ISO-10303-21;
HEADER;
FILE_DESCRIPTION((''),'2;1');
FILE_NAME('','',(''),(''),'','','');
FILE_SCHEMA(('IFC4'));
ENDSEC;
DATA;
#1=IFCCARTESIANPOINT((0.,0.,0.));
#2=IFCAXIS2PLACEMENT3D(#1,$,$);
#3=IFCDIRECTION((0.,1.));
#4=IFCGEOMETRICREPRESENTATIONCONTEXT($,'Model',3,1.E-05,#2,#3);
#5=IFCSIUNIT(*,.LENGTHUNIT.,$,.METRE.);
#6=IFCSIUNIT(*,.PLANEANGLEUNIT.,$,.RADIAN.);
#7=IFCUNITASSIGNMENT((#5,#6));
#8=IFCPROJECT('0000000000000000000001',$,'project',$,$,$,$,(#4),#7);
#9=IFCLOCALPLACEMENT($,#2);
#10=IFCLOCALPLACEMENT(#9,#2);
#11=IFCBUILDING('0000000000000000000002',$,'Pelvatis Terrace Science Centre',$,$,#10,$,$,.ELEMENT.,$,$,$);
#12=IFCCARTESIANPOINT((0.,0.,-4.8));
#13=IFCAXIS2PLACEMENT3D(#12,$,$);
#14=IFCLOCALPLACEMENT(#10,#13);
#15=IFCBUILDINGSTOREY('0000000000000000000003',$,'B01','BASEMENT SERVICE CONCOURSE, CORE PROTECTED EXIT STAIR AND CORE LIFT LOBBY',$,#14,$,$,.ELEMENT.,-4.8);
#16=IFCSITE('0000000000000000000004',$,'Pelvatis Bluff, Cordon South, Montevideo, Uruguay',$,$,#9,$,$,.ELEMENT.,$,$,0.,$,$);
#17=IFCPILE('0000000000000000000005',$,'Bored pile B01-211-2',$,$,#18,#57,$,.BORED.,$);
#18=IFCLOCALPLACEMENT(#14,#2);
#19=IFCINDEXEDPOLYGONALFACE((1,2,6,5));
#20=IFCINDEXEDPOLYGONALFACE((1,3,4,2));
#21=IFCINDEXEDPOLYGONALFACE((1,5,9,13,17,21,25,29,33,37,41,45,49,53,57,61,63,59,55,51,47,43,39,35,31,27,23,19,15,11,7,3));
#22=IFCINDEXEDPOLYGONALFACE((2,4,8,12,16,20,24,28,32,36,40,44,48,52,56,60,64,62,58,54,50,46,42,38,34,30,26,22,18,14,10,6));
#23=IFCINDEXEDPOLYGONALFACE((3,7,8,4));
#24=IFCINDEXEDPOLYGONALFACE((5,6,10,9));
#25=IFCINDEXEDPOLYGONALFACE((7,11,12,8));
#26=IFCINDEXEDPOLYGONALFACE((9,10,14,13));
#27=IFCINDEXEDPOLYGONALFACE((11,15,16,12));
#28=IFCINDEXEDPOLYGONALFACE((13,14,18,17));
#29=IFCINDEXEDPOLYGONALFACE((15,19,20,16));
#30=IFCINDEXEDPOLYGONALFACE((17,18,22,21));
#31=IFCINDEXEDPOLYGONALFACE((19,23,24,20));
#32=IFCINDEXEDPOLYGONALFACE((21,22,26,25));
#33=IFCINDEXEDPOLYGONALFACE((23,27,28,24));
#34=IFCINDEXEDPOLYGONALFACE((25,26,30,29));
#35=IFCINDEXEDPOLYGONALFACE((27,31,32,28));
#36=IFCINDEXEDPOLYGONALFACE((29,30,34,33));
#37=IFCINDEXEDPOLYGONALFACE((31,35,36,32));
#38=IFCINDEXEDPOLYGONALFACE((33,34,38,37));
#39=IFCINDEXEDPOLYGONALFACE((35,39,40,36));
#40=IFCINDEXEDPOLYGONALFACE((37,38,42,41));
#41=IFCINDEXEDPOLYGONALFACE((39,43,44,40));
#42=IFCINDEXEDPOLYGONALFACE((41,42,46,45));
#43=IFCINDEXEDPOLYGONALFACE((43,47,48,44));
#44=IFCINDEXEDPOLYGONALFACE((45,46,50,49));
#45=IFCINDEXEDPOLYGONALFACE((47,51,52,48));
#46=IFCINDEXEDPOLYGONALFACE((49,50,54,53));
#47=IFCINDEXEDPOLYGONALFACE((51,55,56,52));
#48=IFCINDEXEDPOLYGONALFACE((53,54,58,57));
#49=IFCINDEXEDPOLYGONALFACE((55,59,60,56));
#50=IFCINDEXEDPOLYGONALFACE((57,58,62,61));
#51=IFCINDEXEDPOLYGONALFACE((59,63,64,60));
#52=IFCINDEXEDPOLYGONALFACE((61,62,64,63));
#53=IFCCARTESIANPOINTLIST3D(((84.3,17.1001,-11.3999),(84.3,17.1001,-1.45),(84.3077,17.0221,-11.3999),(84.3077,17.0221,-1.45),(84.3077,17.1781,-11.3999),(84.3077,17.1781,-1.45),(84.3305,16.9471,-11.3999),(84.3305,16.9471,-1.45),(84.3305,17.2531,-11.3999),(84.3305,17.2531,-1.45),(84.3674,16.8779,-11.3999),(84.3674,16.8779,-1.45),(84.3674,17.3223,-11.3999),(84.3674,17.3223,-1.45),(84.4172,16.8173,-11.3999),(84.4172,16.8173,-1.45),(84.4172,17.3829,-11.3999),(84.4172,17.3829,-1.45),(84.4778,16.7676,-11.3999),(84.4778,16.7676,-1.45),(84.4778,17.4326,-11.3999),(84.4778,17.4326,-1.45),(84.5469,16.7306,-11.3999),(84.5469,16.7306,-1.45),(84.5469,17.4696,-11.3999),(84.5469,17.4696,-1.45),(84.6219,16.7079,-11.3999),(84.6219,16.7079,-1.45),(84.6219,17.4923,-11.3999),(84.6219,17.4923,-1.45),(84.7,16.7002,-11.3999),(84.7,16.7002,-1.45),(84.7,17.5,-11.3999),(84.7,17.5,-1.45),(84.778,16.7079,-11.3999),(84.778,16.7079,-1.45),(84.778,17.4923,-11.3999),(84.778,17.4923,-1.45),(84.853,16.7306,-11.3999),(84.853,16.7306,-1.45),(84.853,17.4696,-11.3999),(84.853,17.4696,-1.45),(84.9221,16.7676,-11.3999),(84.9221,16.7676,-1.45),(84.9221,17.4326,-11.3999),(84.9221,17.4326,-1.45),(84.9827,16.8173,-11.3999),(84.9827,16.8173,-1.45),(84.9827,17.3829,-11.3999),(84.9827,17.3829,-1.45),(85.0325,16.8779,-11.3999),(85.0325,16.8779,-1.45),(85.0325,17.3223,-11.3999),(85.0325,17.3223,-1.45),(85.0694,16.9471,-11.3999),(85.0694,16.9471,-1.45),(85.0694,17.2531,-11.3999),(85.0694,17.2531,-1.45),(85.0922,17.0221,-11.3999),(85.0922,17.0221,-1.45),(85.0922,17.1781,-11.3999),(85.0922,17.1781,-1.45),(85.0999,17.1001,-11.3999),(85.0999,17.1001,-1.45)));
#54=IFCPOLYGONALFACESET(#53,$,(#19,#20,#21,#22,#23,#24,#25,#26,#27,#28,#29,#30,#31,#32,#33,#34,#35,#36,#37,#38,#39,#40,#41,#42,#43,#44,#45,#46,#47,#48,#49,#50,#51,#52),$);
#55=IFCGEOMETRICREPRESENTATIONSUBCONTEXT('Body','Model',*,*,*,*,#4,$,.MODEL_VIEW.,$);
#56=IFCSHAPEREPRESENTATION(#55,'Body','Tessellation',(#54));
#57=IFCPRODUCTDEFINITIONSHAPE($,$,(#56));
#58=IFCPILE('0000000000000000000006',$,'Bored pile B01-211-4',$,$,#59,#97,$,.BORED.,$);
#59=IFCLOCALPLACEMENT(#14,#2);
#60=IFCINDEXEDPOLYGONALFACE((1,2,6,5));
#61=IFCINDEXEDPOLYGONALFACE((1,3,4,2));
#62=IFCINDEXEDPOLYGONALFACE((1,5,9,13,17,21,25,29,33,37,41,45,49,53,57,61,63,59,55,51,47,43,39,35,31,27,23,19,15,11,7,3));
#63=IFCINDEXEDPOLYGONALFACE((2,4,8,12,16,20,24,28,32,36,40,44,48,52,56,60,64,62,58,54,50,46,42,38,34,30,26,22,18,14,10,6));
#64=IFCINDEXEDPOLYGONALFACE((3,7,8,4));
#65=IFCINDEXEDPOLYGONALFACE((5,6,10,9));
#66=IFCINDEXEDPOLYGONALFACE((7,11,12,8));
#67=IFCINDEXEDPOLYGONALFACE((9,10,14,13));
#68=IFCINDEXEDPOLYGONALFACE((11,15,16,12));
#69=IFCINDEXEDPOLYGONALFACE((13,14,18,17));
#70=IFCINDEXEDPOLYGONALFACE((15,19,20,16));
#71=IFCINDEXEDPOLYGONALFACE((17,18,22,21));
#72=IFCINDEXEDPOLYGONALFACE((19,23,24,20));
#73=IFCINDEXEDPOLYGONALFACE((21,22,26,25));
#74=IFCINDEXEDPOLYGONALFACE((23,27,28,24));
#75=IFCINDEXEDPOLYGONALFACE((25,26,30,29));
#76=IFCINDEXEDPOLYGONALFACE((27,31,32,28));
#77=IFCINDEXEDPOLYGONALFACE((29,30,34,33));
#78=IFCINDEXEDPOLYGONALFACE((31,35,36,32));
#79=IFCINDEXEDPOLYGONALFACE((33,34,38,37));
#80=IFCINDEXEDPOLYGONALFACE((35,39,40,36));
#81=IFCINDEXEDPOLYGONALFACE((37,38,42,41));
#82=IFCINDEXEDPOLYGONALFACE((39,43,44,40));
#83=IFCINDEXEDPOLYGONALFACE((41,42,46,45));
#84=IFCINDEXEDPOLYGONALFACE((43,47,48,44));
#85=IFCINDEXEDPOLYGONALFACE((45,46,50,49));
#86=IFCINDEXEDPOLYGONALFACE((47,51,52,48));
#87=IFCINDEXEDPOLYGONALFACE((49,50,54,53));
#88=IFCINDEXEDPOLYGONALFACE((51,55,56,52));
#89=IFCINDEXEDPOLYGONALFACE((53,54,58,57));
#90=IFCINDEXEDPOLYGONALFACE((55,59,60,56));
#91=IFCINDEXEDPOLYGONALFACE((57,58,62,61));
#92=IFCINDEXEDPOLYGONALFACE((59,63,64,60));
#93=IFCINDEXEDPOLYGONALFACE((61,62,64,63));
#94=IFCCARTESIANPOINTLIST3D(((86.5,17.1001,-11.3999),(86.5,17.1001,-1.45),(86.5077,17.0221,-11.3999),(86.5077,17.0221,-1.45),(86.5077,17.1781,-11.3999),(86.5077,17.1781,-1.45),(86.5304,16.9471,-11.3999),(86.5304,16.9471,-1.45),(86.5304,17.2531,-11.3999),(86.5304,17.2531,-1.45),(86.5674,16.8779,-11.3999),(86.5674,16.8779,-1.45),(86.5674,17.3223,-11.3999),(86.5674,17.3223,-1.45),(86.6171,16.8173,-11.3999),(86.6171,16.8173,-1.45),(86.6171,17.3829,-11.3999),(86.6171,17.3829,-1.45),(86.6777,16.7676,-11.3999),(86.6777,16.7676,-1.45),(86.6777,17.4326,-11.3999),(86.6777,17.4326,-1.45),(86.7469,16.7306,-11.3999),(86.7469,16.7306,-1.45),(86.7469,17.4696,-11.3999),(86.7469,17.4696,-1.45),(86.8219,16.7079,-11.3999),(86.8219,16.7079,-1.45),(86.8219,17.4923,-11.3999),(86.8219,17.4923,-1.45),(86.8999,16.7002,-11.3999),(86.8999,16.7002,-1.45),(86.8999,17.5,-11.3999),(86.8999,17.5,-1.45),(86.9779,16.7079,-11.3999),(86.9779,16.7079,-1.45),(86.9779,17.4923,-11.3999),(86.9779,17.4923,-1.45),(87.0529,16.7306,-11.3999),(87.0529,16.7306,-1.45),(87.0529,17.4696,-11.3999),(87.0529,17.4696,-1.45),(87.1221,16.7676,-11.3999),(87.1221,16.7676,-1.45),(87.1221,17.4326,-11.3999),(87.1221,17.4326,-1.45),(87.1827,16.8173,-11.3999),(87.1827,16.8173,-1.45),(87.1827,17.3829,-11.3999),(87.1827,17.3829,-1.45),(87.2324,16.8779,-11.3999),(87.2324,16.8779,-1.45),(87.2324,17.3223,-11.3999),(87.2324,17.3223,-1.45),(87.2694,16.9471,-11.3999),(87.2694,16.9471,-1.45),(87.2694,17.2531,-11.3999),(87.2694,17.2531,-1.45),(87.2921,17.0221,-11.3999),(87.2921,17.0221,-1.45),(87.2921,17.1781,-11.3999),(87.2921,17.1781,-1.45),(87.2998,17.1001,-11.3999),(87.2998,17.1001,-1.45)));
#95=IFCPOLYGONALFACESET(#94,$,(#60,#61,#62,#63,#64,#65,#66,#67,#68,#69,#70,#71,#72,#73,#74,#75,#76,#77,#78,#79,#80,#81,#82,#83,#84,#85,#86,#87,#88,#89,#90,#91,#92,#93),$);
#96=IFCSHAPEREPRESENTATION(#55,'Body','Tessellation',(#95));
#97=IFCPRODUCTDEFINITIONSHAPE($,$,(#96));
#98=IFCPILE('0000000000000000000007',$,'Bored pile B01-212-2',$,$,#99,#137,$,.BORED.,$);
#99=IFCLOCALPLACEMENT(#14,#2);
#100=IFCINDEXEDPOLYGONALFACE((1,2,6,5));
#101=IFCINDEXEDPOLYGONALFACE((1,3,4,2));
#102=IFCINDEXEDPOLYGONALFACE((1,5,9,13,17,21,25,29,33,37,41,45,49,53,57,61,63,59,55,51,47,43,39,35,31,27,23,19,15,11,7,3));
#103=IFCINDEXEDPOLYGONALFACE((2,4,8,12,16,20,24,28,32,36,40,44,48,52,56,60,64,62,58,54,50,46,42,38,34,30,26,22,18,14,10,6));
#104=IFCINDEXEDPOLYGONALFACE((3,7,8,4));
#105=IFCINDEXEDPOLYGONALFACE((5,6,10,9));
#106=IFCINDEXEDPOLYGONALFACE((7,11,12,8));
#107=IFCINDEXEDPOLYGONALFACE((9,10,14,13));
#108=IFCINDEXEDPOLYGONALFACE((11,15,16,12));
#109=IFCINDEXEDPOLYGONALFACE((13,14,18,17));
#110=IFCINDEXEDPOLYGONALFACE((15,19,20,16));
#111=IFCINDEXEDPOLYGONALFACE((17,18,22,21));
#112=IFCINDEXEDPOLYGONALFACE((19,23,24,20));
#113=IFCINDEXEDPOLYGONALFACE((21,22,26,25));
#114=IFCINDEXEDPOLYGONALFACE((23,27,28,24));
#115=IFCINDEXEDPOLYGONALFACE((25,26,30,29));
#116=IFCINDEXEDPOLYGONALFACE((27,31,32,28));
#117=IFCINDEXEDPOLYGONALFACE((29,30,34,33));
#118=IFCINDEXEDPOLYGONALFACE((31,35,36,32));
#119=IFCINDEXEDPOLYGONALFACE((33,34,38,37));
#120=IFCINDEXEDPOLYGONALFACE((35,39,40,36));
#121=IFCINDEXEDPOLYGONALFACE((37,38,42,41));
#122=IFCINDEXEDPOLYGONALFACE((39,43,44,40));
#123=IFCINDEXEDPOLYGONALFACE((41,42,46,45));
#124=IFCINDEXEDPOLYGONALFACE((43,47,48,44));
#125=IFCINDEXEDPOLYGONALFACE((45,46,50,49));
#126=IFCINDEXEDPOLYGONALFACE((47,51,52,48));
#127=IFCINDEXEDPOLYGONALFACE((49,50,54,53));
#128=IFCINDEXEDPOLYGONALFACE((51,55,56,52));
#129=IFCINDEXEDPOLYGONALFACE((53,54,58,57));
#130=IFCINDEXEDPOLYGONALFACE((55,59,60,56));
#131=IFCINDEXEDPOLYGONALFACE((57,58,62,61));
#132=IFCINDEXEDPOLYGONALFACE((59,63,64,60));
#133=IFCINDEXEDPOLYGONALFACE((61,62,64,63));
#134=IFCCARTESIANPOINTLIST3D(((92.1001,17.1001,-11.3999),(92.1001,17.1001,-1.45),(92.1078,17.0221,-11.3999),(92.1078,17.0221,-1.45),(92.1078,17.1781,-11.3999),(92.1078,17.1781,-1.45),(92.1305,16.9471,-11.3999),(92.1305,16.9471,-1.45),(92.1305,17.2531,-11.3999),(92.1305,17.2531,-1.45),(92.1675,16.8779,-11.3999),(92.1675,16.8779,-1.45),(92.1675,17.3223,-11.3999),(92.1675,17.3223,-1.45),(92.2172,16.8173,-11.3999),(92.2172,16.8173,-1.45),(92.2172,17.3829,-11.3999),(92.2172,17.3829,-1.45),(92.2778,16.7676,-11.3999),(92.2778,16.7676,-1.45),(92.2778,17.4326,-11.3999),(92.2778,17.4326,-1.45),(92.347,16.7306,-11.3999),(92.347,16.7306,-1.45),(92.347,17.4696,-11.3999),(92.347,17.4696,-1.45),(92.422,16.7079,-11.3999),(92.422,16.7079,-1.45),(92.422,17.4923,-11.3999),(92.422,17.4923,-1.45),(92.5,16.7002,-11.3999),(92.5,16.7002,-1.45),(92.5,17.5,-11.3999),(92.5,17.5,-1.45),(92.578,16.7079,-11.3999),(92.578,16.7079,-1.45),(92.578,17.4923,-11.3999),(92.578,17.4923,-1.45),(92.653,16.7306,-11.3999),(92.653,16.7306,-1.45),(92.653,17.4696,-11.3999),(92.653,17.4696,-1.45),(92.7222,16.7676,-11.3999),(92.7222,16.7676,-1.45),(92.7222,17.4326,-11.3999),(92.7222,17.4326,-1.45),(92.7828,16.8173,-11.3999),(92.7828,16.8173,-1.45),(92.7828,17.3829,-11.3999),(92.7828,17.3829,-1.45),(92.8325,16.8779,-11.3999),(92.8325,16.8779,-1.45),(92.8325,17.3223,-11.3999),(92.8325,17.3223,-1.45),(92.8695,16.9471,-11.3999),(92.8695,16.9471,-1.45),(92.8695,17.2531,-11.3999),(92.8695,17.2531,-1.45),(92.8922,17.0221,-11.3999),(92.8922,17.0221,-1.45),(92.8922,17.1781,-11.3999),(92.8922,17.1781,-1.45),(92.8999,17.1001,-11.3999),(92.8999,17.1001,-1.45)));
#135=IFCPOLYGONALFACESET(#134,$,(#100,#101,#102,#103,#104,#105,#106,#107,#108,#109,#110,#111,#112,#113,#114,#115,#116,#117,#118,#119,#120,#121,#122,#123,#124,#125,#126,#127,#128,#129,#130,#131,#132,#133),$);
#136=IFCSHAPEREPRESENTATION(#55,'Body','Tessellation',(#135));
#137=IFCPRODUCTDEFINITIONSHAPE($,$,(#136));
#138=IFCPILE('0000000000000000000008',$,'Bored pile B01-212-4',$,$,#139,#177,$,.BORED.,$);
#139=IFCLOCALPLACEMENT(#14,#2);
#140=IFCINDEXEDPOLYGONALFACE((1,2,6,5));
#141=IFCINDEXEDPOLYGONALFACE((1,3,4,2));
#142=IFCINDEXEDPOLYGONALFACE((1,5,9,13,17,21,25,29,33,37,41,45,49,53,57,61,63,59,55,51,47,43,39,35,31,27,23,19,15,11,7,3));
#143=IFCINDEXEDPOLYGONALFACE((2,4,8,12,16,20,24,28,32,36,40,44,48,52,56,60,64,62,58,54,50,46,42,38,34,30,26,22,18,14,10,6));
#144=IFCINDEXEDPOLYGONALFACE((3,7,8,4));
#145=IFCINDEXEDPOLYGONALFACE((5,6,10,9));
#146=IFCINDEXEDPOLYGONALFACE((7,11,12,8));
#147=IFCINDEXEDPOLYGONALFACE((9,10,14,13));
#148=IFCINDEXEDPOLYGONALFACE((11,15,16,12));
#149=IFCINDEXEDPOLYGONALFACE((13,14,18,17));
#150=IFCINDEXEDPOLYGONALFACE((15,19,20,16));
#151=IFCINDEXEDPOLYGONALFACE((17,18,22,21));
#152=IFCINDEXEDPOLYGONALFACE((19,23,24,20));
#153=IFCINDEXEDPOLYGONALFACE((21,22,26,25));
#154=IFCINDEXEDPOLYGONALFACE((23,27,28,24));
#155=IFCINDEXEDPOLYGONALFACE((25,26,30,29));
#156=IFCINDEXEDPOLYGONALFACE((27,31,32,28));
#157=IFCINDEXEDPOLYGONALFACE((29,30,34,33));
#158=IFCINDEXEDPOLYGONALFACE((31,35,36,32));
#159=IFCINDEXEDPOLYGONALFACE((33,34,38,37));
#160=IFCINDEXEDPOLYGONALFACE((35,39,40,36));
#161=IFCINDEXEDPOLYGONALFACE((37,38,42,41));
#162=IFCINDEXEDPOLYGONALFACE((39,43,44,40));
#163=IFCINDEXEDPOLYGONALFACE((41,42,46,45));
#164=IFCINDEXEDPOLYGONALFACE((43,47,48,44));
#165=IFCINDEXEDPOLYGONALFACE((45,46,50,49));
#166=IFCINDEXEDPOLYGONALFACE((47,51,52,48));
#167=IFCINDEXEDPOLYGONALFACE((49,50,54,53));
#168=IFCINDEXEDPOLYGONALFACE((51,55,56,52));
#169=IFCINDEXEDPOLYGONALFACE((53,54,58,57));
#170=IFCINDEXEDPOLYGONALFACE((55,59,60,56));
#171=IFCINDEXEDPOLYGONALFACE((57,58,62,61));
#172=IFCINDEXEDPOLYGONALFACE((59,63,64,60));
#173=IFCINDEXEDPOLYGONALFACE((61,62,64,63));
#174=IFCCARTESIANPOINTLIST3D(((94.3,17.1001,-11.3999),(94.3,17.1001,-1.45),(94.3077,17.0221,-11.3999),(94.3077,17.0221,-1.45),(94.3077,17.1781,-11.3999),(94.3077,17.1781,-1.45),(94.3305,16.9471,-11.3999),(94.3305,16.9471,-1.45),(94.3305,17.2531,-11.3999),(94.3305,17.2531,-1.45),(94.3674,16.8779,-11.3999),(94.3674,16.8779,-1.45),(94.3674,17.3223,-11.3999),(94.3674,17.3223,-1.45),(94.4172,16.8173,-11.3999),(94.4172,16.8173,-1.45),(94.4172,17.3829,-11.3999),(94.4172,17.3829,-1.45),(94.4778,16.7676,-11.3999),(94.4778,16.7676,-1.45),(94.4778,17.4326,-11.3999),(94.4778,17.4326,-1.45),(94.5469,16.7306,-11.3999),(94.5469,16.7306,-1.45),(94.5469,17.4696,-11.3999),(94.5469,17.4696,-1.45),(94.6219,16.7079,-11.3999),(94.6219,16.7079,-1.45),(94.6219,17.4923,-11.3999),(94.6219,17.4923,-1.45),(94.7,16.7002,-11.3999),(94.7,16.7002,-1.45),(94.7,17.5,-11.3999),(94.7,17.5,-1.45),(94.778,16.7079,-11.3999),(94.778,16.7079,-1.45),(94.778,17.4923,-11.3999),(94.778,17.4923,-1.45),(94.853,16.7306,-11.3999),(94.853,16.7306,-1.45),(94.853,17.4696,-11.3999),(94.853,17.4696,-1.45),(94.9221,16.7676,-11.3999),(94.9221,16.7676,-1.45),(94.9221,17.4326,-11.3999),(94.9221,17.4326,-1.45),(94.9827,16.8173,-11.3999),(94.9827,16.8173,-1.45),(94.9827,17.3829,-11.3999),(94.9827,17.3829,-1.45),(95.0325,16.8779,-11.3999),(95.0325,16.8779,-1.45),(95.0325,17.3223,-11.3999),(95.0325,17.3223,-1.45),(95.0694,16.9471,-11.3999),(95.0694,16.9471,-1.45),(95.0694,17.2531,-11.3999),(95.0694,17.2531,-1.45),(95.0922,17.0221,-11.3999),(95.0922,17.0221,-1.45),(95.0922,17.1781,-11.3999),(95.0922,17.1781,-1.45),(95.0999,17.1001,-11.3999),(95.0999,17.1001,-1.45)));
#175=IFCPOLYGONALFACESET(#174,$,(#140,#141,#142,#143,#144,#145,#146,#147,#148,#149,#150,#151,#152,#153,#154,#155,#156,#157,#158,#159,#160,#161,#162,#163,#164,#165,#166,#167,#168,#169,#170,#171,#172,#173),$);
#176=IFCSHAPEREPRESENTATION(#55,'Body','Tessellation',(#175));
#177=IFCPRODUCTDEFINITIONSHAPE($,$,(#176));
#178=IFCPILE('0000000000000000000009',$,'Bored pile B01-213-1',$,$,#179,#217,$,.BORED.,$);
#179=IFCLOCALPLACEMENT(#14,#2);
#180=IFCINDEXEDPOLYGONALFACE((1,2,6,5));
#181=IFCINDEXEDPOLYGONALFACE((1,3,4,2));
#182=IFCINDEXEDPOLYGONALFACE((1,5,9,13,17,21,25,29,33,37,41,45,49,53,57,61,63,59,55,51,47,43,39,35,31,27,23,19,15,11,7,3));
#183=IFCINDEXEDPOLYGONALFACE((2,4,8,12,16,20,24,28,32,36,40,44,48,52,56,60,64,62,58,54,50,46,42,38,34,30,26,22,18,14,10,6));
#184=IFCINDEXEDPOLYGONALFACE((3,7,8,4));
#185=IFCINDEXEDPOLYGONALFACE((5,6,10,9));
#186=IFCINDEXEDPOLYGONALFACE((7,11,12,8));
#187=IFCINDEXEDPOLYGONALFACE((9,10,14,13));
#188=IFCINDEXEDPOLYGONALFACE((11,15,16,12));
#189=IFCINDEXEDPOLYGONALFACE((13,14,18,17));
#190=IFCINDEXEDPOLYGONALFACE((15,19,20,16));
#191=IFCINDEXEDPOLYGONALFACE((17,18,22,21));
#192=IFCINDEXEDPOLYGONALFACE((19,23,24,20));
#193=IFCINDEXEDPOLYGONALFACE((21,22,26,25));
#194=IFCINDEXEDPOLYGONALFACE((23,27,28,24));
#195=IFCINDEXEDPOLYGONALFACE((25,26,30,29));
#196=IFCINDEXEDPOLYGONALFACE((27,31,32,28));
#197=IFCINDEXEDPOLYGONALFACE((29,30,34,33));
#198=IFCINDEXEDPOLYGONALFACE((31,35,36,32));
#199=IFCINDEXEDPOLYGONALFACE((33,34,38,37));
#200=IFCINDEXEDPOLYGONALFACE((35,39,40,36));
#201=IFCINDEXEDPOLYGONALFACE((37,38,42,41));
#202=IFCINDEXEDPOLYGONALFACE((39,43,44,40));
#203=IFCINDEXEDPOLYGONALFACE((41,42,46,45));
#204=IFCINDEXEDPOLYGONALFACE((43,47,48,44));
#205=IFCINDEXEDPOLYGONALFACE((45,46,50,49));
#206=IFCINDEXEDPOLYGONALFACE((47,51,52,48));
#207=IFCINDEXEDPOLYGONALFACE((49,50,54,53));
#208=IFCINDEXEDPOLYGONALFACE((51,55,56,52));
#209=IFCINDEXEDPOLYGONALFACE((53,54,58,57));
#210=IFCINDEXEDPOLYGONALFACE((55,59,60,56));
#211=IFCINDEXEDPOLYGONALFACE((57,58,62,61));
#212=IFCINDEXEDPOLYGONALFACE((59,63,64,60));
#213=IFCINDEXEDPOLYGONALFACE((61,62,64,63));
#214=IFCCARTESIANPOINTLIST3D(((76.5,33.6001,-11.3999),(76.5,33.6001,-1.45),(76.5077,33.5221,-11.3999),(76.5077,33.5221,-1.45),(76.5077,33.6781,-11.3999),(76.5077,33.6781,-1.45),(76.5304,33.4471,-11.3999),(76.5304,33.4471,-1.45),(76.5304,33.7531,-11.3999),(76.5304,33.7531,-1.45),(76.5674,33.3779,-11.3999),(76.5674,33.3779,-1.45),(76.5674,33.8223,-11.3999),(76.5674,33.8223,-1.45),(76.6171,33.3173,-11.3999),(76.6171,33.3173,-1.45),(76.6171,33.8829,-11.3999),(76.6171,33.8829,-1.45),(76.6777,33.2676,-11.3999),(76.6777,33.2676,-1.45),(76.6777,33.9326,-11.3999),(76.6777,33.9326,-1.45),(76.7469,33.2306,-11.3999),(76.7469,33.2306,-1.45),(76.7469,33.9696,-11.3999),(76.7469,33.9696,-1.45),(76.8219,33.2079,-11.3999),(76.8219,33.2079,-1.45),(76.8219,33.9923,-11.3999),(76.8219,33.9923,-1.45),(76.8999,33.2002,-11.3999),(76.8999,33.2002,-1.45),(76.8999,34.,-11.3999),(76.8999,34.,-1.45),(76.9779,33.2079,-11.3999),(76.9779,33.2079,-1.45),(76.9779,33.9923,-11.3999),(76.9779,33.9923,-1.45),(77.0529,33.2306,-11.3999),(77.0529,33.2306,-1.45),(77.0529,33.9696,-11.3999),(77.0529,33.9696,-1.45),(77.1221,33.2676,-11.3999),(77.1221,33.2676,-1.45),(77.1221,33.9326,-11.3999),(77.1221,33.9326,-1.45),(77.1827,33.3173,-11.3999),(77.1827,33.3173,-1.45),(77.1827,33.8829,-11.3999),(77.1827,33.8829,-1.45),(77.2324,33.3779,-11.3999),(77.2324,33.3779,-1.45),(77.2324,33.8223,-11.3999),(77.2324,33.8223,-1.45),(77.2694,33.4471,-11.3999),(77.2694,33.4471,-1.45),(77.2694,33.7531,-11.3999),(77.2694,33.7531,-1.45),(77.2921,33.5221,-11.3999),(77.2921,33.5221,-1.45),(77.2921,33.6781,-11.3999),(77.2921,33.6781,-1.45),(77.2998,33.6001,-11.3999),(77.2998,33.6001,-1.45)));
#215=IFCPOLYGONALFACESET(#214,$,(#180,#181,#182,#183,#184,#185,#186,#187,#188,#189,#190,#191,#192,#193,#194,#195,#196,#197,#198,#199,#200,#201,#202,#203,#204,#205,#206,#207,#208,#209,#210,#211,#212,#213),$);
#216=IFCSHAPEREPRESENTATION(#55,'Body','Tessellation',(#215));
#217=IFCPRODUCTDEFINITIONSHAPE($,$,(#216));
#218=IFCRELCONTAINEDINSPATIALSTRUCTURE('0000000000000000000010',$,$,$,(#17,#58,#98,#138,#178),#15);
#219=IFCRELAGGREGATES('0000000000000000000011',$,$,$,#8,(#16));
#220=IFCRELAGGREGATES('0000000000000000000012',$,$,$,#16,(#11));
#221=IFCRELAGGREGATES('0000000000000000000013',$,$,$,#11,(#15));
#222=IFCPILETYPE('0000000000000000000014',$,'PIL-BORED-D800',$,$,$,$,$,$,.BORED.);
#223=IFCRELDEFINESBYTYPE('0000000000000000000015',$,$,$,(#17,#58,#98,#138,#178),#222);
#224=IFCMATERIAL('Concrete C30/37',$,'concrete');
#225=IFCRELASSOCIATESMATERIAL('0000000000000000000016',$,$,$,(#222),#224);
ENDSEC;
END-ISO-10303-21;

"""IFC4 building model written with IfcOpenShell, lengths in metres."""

from ifc_helpers import new_model, si_unit, direction, frame, origin, origin_2d, place, context, subcontext, project, spatial, circle, extrude, material, material_profile, profile_set, type_object, element, save


model = new_model("IFC4")

# Units and contexts
model_context = context("Model", 3, precision=1e-05, world=origin(), true_north=direction((0.0, 1.0)))
body_context = subcontext(model_context, "Body", "Model", "MODEL_VIEW")
ifc_project = project(units=[si_unit("LENGTHUNIT", "METRE"), si_unit("PLANEANGLEUNIT", "RADIAN")], contexts=[model_context])

# Site, building, storey
site_placement = place(None, origin())
site = spatial("IfcSite", under=ifc_project, at=site_placement, Name="Pelvatis Bluff, Cordon South, Montevideo, Uruguay", CompositionType="ELEMENT", RefElevation=0.0)
building_placement = place(site_placement, origin())
building = spatial("IfcBuilding", under=site, at=building_placement, Name="Pelvatis Terrace Science Centre", CompositionType="ELEMENT")
storey_placement = place(building_placement, frame((0.0, 0.0, -4.8)))
storey = spatial("IfcBuildingStorey", under=building, at=storey_placement, Name="B01", Description="BASEMENT SERVICE CONCOURSE, CORE PROTECTED EXIT STAIR AND CORE LIFT LOBBY", CompositionType="ELEMENT", Elevation=-4.8)

# Piles
ifc_material_1 = material(Name="Concrete C30/37", Category="concrete")
ifc_material_profile_1 = material_profile(ifc_material_1, circle(Radius=0.3999, at=origin_2d()), Name="PILE D800")
ifc_profile_set_1 = profile_set([ifc_material_profile_1], Name="Concrete C30/37")
pile_type = type_object("IfcPileType", Name="PIL-BORED-D800", PredefinedType="BORED", material=ifc_profile_set_1)
for number, where, z_axis, x_axis, name in (
    (1, (84.7, 17.1001, -1.45), (0.0, 0.0, -1.0), (1.0, 0.0, 0.0), "Bored pile B01-211-2"),
    (2, (86.8999, 17.1001, -1.45), (0.0, 0.0, -1.0), (1.0, 0.0, 0.0), "Bored pile B01-211-4"),
    (3, (92.5, 17.1001, -1.45), (0.0, 0.0, -1.0), (1.0, 0.0, 0.0), "Bored pile B01-212-2"),
    (4, (94.7, 17.1001, -1.45), (0.0, 0.0, -1.0), (1.0, 0.0, 0.0), "Bored pile B01-212-4"),
    (5, (76.8999, 33.6001, -1.45), (0.0, 0.0, -1.0), (1.0, 0.0, 0.0), "Bored pile B01-213-1"),
):
    element("IfcPile", number, at=place(storey_placement, frame(where, z_axis=z_axis, x_axis=x_axis)), inside=storey, type_object=pile_type, Name=name, PredefinedType="BORED", context=body_context, shape_type="SweptSolid", body=[
        extrude(circle(Radius=0.3999, at=origin_2d()), origin(), (0.0, 0.0, 1.0), 9.95),
    ])

save(model, "model.ifc")
